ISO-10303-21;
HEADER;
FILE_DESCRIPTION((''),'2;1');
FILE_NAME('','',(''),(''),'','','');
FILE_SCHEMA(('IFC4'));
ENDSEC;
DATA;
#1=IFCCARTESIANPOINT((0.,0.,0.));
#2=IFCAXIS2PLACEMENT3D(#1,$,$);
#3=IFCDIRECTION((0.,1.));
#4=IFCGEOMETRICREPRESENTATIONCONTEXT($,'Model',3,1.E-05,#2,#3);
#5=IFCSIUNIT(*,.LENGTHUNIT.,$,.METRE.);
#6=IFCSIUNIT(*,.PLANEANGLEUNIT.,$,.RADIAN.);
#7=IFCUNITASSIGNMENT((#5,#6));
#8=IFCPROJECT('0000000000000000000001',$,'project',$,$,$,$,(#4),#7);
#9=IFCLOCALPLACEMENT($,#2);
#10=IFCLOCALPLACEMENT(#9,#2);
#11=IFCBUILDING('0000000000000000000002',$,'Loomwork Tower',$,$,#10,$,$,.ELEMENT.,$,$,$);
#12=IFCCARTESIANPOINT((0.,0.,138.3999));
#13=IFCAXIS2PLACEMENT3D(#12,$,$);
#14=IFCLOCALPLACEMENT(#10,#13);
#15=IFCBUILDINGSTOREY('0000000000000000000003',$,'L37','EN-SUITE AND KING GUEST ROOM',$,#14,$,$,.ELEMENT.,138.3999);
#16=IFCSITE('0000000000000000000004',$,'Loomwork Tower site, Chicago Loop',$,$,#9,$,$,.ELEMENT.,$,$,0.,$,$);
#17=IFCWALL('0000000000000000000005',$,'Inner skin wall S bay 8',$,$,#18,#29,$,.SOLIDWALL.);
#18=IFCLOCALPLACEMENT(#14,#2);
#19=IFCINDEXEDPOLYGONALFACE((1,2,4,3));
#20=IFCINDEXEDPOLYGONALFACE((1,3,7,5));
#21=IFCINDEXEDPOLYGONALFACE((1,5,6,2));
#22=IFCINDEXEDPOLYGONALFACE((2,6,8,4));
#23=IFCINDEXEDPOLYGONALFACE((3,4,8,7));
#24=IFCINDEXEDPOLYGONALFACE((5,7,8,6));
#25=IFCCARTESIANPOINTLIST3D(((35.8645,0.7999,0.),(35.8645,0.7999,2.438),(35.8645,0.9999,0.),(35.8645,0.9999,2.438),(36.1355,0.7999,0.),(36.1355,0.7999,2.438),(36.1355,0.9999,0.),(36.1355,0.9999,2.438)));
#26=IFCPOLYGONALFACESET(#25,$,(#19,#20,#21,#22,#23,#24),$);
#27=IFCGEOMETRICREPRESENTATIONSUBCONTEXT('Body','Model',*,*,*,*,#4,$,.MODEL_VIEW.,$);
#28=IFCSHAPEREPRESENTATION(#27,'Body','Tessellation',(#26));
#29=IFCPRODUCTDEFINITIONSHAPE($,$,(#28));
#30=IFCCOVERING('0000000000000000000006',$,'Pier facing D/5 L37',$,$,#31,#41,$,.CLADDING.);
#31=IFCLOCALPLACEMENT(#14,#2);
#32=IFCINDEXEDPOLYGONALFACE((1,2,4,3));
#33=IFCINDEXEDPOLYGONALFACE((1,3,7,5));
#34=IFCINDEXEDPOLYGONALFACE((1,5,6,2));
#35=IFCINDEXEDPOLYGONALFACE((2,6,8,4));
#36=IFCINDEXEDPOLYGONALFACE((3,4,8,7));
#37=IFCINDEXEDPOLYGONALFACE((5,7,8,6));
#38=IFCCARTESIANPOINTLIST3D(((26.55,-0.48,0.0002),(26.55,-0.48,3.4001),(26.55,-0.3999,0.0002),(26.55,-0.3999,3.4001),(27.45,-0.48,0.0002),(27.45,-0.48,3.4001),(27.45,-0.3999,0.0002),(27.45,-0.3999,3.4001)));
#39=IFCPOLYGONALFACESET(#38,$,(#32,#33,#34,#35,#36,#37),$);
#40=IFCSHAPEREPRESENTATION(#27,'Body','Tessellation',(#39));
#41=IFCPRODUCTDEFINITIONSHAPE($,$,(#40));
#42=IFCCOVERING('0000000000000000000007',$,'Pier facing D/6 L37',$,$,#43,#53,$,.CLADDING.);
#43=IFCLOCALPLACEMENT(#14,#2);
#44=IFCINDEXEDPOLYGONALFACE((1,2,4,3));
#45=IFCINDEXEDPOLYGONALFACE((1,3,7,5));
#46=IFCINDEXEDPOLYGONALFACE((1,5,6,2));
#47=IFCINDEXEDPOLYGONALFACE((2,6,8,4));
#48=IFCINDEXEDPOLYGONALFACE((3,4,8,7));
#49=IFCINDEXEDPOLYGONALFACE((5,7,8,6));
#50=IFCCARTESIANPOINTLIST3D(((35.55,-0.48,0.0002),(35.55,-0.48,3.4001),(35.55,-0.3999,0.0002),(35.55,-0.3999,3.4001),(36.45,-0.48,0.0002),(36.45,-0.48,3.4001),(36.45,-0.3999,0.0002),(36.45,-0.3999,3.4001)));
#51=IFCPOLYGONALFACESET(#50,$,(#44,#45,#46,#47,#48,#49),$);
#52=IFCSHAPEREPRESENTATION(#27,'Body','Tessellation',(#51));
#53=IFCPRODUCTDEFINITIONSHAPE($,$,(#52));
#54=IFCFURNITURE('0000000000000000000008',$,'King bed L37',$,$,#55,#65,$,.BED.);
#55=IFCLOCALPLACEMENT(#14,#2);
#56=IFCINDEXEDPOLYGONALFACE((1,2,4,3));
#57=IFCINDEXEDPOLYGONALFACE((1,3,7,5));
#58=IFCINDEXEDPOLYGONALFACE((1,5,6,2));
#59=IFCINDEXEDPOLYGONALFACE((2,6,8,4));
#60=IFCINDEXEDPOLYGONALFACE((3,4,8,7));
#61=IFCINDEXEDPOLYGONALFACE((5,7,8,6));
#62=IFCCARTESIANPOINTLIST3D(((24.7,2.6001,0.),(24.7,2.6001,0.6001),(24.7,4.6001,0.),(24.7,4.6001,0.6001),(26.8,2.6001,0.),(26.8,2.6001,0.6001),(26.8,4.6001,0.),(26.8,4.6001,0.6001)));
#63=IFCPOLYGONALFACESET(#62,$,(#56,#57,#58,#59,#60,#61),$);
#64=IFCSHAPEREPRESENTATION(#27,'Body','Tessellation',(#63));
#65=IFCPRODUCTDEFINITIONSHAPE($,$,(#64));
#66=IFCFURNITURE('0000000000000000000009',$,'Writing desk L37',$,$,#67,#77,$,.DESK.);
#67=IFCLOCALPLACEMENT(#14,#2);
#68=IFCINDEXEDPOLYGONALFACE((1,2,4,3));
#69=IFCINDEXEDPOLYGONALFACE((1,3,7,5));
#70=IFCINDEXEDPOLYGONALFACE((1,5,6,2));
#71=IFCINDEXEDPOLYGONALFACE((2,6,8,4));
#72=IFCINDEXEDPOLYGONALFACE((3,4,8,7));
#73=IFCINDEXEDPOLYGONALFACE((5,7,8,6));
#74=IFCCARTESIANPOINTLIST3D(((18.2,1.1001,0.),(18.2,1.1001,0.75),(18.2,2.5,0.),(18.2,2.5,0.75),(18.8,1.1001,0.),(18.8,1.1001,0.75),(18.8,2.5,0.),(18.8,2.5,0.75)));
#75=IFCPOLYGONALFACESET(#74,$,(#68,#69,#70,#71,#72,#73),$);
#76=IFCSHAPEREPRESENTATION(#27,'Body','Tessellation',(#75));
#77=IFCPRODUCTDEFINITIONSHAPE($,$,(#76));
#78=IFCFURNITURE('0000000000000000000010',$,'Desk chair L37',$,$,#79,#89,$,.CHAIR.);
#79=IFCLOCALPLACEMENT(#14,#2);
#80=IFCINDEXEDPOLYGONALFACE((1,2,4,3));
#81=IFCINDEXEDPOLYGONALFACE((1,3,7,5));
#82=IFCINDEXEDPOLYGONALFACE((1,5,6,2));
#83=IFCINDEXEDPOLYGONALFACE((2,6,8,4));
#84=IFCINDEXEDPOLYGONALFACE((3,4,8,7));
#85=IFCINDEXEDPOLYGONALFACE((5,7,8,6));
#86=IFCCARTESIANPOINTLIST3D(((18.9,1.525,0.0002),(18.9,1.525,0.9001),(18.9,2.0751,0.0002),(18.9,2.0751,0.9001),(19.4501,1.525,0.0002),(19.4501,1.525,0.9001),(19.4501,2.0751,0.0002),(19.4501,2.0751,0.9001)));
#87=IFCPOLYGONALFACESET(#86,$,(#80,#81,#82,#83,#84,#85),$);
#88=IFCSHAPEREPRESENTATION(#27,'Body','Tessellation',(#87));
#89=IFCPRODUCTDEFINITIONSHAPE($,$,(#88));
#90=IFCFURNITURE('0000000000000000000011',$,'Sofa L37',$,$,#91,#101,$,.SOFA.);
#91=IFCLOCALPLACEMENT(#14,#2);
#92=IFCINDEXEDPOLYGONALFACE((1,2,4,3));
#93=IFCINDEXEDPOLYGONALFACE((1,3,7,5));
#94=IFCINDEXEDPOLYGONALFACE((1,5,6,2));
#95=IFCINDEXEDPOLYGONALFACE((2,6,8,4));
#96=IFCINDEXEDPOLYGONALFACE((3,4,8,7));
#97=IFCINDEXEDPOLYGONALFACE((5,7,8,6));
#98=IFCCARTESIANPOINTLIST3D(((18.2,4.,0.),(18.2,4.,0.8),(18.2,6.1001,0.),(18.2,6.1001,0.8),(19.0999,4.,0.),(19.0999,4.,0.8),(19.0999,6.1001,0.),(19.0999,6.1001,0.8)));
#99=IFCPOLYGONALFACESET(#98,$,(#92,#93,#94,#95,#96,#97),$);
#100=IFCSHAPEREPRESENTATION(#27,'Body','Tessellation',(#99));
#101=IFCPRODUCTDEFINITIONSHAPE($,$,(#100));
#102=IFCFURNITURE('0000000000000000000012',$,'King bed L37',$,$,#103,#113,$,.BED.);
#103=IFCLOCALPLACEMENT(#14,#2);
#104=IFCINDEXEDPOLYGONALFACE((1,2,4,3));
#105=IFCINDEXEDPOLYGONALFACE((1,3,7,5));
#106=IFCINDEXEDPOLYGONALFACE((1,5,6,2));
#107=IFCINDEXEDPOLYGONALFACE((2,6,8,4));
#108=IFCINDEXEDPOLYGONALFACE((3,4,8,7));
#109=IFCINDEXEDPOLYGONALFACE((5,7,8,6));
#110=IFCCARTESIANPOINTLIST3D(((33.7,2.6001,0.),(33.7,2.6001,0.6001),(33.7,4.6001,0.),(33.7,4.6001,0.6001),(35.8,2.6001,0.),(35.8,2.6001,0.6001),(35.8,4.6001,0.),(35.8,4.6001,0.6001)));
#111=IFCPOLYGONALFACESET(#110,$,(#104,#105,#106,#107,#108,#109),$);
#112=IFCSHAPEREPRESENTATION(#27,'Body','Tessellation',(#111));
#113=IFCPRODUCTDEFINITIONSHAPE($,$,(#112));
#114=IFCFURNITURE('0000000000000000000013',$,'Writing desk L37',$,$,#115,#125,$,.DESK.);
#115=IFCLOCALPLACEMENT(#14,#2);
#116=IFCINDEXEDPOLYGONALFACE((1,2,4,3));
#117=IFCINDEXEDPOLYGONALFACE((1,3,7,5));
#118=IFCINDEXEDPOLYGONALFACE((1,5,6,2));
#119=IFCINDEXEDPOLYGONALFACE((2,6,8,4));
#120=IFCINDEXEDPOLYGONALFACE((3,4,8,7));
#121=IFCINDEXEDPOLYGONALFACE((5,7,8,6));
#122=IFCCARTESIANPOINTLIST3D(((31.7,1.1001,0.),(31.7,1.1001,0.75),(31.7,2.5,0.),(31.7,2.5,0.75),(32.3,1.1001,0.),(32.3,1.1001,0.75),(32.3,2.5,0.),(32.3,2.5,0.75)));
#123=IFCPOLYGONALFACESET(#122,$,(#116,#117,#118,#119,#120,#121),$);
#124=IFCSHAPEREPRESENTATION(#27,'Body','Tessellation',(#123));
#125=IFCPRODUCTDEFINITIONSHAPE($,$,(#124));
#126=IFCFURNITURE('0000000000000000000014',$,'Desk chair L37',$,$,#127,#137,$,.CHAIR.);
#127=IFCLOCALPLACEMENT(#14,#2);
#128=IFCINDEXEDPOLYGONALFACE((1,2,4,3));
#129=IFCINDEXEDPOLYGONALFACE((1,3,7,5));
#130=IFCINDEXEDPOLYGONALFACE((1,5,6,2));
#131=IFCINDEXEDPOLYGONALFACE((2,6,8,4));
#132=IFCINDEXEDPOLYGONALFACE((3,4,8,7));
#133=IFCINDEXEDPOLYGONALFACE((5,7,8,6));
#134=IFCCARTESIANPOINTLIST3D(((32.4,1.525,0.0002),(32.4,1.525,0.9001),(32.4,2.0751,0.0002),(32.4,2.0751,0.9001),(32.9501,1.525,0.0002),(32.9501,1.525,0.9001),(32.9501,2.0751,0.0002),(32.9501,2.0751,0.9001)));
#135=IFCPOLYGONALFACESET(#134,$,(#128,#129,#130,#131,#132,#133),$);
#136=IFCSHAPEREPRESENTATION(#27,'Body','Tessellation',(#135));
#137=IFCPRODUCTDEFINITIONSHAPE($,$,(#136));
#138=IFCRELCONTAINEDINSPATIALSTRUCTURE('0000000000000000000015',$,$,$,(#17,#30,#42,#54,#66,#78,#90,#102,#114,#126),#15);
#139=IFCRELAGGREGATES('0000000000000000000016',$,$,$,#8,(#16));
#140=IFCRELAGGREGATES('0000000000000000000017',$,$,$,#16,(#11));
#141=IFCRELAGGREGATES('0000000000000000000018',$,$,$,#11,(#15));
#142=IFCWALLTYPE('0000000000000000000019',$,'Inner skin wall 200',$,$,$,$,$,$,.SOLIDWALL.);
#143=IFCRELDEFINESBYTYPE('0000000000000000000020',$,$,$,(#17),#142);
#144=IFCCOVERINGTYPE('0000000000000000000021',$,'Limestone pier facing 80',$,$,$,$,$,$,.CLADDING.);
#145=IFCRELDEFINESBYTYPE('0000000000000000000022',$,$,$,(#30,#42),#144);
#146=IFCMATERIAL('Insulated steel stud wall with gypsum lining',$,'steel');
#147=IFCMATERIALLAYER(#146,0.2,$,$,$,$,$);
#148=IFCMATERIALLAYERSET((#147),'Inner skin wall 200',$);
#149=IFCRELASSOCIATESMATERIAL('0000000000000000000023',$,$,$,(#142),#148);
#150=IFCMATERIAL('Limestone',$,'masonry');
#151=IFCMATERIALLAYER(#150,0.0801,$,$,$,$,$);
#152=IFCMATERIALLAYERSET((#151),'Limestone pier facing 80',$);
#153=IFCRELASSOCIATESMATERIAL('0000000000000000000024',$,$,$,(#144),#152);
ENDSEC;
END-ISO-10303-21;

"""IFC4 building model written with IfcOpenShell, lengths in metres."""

from ifc_helpers import new_model, si_unit, direction, frame, frame_2d, origin, origin_2d, place, context, subcontext, project, spatial, rectangle, extrude, material, layer, layer_set, type_object, element, save


model = new_model("IFC4")

# Units and contexts
model_context = context("Model", 3, precision=1e-05, world=origin(), true_north=direction((0.0, 1.0)))
body_context = subcontext(model_context, "Body", "Model", "MODEL_VIEW")
ifc_project = project(units=[si_unit("LENGTHUNIT", "METRE"), si_unit("PLANEANGLEUNIT", "RADIAN")], contexts=[model_context])

# Site, building, storey
site_placement = place(None, origin())
site = spatial("IfcSite", under=ifc_project, at=site_placement, Name="Loomwork Tower site, Chicago Loop", CompositionType="ELEMENT", RefElevation=0.0)
building_placement = place(site_placement, origin())
building = spatial("IfcBuilding", under=site, at=building_placement, Name="Loomwork Tower", CompositionType="ELEMENT")
storey_placement = place(building_placement, frame((0.0, 0.0, 138.3999)))
storey = spatial("IfcBuildingStorey", under=building, at=storey_placement, Name="L37", Description="EN-SUITE AND KING GUEST ROOM", CompositionType="ELEMENT", Elevation=138.3999)

# Shared definitions
ifc_material_1 = material(Name="Insulated steel stud wall with gypsum lining", Category="steel")
ifc_layer_1 = layer(ifc_material_1, 0.2)
ifc_layer_set_1 = layer_set([ifc_layer_1], Name="Inner skin wall 200")
wall_type_1 = type_object("IfcWallType", Name="Inner skin wall 200", PredefinedType="SOLIDWALL", material=ifc_layer_set_1)

# Wall
wall_1_placement = place(storey_placement, frame((35.8645, 0.8999, 0.0), z_axis=(0.0, 0.0, 1.0), x_axis=(1.0, 0.0, 0.0)))
element("IfcWall", 1, at=wall_1_placement, inside=storey, type_object=wall_type_1, Name="Inner skin wall S bay 8", PredefinedType="SOLIDWALL", context=body_context, shape_type="SweptSolid", body=[
    extrude(rectangle(XDim=0.271, YDim=0.2, at=frame_2d((0.1355, 0.0))), origin(), (0.0, 0.0, 1.0), 2.438),
])

# Coverings
ifc_material_2 = material(Name="Limestone", Category="masonry")
ifc_layer_2 = layer(ifc_material_2, 0.0801)
ifc_layer_set_2 = layer_set([ifc_layer_2], Name="Limestone pier facing 80")
covering_type = type_object("IfcCoveringType", Name="Limestone pier facing 80", PredefinedType="CLADDING", material=ifc_layer_set_2)
for number, where, z_axis, x_axis, name in (
    (2, (27.0, -0.4399, 0.0002), (0.0, 0.0, 1.0), (1.0, 0.0, 0.0), "Pier facing D/5 L37"),
    (3, (36.0, -0.4399, 0.0002), (0.0, 0.0, 1.0), (1.0, 0.0, 0.0), "Pier facing D/6 L37"),
):
    element("IfcCovering", number, at=place(storey_placement, frame(where, z_axis=z_axis, x_axis=x_axis)), inside=storey, type_object=covering_type, Name=name, PredefinedType="CLADDING", context=body_context, shape_type="SweptSolid", body=[
        extrude(rectangle(XDim=0.8999, YDim=0.0801, at=origin_2d()), origin(), (0.0, 0.0, 1.0), 3.3999),
    ])

# Furniture
furniture_1_placement = place(storey_placement, frame((25.75, 3.6001, 0.0), z_axis=(0.0, 0.0, 1.0), x_axis=(1.0, 0.0, 0.0)))
element("IfcFurniture", 4, at=furniture_1_placement, inside=storey, Name="King bed L37", PredefinedType="BED", context=body_context, shape_type="SweptSolid", body=[
    extrude(rectangle(XDim=2.1001, YDim=2.0, at=origin_2d()), origin(), (0.0, 0.0, 1.0), 0.6001),
])
furniture_2_placement = place(storey_placement, frame((18.5, 1.8, 0.0), z_axis=(0.0, 0.0, 1.0), x_axis=(1.0, 0.0, 0.0)))
element("IfcFurniture", 5, at=furniture_2_placement, inside=storey, Name="Writing desk L37", PredefinedType="DESK", context=body_context, shape_type="SweptSolid", body=[
    extrude(rectangle(XDim=0.6001, YDim=1.3999, at=origin_2d()), origin(), (0.0, 0.0, 1.0), 0.75),
])
furniture_3_placement = place(storey_placement, frame((19.175, 1.8, 0.0002), z_axis=(0.0, 0.0, 1.0), x_axis=(1.0, 0.0, 0.0)))
element("IfcFurniture", 6, at=furniture_3_placement, inside=storey, Name="Desk chair L37", PredefinedType="CHAIR", context=body_context, shape_type="SweptSolid", body=[
    extrude(rectangle(XDim=0.55, YDim=0.55, at=origin_2d()), origin(), (0.0, 0.0, 1.0), 0.8999),
])
furniture_4_placement = place(storey_placement, frame((18.6499, 5.05, 0.0), z_axis=(0.0, 0.0, 1.0), x_axis=(1.0, 0.0, 0.0)))
element("IfcFurniture", 7, at=furniture_4_placement, inside=storey, Name="Sofa L37", PredefinedType="SOFA", context=body_context, shape_type="SweptSolid", body=[
    extrude(rectangle(XDim=0.8999, YDim=2.1001, at=origin_2d()), origin(), (0.0, 0.0, 1.0), 0.8),
])
furniture_5_placement = place(storey_placement, frame((34.75, 3.6001, 0.0), z_axis=(0.0, 0.0, 1.0), x_axis=(1.0, 0.0, 0.0)))
element("IfcFurniture", 8, at=furniture_5_placement, inside=storey, Name="King bed L37", PredefinedType="BED", context=body_context, shape_type="SweptSolid", body=[
    extrude(rectangle(XDim=2.1001, YDim=2.0, at=origin_2d()), origin(), (0.0, 0.0, 1.0), 0.6001),
])
furniture_6_placement = place(storey_placement, frame((32.0, 1.8, 0.0), z_axis=(0.0, 0.0, 1.0), x_axis=(1.0, 0.0, 0.0)))
element("IfcFurniture", 9, at=furniture_6_placement, inside=storey, Name="Writing desk L37", PredefinedType="DESK", context=body_context, shape_type="SweptSolid", body=[
    extrude(rectangle(XDim=0.6001, YDim=1.3999, at=origin_2d()), origin(), (0.0, 0.0, 1.0), 0.75),
])
furniture_7_placement = place(storey_placement, frame((32.675, 1.8, 0.0002), z_axis=(0.0, 0.0, 1.0), x_axis=(1.0, 0.0, 0.0)))
element("IfcFurniture", 10, at=furniture_7_placement, inside=storey, Name="Desk chair L37", PredefinedType="CHAIR", context=body_context, shape_type="SweptSolid", body=[
    extrude(rectangle(XDim=0.55, YDim=0.55, at=origin_2d()), origin(), (0.0, 0.0, 1.0), 0.8999),
])

save(model, "model.ifc")
